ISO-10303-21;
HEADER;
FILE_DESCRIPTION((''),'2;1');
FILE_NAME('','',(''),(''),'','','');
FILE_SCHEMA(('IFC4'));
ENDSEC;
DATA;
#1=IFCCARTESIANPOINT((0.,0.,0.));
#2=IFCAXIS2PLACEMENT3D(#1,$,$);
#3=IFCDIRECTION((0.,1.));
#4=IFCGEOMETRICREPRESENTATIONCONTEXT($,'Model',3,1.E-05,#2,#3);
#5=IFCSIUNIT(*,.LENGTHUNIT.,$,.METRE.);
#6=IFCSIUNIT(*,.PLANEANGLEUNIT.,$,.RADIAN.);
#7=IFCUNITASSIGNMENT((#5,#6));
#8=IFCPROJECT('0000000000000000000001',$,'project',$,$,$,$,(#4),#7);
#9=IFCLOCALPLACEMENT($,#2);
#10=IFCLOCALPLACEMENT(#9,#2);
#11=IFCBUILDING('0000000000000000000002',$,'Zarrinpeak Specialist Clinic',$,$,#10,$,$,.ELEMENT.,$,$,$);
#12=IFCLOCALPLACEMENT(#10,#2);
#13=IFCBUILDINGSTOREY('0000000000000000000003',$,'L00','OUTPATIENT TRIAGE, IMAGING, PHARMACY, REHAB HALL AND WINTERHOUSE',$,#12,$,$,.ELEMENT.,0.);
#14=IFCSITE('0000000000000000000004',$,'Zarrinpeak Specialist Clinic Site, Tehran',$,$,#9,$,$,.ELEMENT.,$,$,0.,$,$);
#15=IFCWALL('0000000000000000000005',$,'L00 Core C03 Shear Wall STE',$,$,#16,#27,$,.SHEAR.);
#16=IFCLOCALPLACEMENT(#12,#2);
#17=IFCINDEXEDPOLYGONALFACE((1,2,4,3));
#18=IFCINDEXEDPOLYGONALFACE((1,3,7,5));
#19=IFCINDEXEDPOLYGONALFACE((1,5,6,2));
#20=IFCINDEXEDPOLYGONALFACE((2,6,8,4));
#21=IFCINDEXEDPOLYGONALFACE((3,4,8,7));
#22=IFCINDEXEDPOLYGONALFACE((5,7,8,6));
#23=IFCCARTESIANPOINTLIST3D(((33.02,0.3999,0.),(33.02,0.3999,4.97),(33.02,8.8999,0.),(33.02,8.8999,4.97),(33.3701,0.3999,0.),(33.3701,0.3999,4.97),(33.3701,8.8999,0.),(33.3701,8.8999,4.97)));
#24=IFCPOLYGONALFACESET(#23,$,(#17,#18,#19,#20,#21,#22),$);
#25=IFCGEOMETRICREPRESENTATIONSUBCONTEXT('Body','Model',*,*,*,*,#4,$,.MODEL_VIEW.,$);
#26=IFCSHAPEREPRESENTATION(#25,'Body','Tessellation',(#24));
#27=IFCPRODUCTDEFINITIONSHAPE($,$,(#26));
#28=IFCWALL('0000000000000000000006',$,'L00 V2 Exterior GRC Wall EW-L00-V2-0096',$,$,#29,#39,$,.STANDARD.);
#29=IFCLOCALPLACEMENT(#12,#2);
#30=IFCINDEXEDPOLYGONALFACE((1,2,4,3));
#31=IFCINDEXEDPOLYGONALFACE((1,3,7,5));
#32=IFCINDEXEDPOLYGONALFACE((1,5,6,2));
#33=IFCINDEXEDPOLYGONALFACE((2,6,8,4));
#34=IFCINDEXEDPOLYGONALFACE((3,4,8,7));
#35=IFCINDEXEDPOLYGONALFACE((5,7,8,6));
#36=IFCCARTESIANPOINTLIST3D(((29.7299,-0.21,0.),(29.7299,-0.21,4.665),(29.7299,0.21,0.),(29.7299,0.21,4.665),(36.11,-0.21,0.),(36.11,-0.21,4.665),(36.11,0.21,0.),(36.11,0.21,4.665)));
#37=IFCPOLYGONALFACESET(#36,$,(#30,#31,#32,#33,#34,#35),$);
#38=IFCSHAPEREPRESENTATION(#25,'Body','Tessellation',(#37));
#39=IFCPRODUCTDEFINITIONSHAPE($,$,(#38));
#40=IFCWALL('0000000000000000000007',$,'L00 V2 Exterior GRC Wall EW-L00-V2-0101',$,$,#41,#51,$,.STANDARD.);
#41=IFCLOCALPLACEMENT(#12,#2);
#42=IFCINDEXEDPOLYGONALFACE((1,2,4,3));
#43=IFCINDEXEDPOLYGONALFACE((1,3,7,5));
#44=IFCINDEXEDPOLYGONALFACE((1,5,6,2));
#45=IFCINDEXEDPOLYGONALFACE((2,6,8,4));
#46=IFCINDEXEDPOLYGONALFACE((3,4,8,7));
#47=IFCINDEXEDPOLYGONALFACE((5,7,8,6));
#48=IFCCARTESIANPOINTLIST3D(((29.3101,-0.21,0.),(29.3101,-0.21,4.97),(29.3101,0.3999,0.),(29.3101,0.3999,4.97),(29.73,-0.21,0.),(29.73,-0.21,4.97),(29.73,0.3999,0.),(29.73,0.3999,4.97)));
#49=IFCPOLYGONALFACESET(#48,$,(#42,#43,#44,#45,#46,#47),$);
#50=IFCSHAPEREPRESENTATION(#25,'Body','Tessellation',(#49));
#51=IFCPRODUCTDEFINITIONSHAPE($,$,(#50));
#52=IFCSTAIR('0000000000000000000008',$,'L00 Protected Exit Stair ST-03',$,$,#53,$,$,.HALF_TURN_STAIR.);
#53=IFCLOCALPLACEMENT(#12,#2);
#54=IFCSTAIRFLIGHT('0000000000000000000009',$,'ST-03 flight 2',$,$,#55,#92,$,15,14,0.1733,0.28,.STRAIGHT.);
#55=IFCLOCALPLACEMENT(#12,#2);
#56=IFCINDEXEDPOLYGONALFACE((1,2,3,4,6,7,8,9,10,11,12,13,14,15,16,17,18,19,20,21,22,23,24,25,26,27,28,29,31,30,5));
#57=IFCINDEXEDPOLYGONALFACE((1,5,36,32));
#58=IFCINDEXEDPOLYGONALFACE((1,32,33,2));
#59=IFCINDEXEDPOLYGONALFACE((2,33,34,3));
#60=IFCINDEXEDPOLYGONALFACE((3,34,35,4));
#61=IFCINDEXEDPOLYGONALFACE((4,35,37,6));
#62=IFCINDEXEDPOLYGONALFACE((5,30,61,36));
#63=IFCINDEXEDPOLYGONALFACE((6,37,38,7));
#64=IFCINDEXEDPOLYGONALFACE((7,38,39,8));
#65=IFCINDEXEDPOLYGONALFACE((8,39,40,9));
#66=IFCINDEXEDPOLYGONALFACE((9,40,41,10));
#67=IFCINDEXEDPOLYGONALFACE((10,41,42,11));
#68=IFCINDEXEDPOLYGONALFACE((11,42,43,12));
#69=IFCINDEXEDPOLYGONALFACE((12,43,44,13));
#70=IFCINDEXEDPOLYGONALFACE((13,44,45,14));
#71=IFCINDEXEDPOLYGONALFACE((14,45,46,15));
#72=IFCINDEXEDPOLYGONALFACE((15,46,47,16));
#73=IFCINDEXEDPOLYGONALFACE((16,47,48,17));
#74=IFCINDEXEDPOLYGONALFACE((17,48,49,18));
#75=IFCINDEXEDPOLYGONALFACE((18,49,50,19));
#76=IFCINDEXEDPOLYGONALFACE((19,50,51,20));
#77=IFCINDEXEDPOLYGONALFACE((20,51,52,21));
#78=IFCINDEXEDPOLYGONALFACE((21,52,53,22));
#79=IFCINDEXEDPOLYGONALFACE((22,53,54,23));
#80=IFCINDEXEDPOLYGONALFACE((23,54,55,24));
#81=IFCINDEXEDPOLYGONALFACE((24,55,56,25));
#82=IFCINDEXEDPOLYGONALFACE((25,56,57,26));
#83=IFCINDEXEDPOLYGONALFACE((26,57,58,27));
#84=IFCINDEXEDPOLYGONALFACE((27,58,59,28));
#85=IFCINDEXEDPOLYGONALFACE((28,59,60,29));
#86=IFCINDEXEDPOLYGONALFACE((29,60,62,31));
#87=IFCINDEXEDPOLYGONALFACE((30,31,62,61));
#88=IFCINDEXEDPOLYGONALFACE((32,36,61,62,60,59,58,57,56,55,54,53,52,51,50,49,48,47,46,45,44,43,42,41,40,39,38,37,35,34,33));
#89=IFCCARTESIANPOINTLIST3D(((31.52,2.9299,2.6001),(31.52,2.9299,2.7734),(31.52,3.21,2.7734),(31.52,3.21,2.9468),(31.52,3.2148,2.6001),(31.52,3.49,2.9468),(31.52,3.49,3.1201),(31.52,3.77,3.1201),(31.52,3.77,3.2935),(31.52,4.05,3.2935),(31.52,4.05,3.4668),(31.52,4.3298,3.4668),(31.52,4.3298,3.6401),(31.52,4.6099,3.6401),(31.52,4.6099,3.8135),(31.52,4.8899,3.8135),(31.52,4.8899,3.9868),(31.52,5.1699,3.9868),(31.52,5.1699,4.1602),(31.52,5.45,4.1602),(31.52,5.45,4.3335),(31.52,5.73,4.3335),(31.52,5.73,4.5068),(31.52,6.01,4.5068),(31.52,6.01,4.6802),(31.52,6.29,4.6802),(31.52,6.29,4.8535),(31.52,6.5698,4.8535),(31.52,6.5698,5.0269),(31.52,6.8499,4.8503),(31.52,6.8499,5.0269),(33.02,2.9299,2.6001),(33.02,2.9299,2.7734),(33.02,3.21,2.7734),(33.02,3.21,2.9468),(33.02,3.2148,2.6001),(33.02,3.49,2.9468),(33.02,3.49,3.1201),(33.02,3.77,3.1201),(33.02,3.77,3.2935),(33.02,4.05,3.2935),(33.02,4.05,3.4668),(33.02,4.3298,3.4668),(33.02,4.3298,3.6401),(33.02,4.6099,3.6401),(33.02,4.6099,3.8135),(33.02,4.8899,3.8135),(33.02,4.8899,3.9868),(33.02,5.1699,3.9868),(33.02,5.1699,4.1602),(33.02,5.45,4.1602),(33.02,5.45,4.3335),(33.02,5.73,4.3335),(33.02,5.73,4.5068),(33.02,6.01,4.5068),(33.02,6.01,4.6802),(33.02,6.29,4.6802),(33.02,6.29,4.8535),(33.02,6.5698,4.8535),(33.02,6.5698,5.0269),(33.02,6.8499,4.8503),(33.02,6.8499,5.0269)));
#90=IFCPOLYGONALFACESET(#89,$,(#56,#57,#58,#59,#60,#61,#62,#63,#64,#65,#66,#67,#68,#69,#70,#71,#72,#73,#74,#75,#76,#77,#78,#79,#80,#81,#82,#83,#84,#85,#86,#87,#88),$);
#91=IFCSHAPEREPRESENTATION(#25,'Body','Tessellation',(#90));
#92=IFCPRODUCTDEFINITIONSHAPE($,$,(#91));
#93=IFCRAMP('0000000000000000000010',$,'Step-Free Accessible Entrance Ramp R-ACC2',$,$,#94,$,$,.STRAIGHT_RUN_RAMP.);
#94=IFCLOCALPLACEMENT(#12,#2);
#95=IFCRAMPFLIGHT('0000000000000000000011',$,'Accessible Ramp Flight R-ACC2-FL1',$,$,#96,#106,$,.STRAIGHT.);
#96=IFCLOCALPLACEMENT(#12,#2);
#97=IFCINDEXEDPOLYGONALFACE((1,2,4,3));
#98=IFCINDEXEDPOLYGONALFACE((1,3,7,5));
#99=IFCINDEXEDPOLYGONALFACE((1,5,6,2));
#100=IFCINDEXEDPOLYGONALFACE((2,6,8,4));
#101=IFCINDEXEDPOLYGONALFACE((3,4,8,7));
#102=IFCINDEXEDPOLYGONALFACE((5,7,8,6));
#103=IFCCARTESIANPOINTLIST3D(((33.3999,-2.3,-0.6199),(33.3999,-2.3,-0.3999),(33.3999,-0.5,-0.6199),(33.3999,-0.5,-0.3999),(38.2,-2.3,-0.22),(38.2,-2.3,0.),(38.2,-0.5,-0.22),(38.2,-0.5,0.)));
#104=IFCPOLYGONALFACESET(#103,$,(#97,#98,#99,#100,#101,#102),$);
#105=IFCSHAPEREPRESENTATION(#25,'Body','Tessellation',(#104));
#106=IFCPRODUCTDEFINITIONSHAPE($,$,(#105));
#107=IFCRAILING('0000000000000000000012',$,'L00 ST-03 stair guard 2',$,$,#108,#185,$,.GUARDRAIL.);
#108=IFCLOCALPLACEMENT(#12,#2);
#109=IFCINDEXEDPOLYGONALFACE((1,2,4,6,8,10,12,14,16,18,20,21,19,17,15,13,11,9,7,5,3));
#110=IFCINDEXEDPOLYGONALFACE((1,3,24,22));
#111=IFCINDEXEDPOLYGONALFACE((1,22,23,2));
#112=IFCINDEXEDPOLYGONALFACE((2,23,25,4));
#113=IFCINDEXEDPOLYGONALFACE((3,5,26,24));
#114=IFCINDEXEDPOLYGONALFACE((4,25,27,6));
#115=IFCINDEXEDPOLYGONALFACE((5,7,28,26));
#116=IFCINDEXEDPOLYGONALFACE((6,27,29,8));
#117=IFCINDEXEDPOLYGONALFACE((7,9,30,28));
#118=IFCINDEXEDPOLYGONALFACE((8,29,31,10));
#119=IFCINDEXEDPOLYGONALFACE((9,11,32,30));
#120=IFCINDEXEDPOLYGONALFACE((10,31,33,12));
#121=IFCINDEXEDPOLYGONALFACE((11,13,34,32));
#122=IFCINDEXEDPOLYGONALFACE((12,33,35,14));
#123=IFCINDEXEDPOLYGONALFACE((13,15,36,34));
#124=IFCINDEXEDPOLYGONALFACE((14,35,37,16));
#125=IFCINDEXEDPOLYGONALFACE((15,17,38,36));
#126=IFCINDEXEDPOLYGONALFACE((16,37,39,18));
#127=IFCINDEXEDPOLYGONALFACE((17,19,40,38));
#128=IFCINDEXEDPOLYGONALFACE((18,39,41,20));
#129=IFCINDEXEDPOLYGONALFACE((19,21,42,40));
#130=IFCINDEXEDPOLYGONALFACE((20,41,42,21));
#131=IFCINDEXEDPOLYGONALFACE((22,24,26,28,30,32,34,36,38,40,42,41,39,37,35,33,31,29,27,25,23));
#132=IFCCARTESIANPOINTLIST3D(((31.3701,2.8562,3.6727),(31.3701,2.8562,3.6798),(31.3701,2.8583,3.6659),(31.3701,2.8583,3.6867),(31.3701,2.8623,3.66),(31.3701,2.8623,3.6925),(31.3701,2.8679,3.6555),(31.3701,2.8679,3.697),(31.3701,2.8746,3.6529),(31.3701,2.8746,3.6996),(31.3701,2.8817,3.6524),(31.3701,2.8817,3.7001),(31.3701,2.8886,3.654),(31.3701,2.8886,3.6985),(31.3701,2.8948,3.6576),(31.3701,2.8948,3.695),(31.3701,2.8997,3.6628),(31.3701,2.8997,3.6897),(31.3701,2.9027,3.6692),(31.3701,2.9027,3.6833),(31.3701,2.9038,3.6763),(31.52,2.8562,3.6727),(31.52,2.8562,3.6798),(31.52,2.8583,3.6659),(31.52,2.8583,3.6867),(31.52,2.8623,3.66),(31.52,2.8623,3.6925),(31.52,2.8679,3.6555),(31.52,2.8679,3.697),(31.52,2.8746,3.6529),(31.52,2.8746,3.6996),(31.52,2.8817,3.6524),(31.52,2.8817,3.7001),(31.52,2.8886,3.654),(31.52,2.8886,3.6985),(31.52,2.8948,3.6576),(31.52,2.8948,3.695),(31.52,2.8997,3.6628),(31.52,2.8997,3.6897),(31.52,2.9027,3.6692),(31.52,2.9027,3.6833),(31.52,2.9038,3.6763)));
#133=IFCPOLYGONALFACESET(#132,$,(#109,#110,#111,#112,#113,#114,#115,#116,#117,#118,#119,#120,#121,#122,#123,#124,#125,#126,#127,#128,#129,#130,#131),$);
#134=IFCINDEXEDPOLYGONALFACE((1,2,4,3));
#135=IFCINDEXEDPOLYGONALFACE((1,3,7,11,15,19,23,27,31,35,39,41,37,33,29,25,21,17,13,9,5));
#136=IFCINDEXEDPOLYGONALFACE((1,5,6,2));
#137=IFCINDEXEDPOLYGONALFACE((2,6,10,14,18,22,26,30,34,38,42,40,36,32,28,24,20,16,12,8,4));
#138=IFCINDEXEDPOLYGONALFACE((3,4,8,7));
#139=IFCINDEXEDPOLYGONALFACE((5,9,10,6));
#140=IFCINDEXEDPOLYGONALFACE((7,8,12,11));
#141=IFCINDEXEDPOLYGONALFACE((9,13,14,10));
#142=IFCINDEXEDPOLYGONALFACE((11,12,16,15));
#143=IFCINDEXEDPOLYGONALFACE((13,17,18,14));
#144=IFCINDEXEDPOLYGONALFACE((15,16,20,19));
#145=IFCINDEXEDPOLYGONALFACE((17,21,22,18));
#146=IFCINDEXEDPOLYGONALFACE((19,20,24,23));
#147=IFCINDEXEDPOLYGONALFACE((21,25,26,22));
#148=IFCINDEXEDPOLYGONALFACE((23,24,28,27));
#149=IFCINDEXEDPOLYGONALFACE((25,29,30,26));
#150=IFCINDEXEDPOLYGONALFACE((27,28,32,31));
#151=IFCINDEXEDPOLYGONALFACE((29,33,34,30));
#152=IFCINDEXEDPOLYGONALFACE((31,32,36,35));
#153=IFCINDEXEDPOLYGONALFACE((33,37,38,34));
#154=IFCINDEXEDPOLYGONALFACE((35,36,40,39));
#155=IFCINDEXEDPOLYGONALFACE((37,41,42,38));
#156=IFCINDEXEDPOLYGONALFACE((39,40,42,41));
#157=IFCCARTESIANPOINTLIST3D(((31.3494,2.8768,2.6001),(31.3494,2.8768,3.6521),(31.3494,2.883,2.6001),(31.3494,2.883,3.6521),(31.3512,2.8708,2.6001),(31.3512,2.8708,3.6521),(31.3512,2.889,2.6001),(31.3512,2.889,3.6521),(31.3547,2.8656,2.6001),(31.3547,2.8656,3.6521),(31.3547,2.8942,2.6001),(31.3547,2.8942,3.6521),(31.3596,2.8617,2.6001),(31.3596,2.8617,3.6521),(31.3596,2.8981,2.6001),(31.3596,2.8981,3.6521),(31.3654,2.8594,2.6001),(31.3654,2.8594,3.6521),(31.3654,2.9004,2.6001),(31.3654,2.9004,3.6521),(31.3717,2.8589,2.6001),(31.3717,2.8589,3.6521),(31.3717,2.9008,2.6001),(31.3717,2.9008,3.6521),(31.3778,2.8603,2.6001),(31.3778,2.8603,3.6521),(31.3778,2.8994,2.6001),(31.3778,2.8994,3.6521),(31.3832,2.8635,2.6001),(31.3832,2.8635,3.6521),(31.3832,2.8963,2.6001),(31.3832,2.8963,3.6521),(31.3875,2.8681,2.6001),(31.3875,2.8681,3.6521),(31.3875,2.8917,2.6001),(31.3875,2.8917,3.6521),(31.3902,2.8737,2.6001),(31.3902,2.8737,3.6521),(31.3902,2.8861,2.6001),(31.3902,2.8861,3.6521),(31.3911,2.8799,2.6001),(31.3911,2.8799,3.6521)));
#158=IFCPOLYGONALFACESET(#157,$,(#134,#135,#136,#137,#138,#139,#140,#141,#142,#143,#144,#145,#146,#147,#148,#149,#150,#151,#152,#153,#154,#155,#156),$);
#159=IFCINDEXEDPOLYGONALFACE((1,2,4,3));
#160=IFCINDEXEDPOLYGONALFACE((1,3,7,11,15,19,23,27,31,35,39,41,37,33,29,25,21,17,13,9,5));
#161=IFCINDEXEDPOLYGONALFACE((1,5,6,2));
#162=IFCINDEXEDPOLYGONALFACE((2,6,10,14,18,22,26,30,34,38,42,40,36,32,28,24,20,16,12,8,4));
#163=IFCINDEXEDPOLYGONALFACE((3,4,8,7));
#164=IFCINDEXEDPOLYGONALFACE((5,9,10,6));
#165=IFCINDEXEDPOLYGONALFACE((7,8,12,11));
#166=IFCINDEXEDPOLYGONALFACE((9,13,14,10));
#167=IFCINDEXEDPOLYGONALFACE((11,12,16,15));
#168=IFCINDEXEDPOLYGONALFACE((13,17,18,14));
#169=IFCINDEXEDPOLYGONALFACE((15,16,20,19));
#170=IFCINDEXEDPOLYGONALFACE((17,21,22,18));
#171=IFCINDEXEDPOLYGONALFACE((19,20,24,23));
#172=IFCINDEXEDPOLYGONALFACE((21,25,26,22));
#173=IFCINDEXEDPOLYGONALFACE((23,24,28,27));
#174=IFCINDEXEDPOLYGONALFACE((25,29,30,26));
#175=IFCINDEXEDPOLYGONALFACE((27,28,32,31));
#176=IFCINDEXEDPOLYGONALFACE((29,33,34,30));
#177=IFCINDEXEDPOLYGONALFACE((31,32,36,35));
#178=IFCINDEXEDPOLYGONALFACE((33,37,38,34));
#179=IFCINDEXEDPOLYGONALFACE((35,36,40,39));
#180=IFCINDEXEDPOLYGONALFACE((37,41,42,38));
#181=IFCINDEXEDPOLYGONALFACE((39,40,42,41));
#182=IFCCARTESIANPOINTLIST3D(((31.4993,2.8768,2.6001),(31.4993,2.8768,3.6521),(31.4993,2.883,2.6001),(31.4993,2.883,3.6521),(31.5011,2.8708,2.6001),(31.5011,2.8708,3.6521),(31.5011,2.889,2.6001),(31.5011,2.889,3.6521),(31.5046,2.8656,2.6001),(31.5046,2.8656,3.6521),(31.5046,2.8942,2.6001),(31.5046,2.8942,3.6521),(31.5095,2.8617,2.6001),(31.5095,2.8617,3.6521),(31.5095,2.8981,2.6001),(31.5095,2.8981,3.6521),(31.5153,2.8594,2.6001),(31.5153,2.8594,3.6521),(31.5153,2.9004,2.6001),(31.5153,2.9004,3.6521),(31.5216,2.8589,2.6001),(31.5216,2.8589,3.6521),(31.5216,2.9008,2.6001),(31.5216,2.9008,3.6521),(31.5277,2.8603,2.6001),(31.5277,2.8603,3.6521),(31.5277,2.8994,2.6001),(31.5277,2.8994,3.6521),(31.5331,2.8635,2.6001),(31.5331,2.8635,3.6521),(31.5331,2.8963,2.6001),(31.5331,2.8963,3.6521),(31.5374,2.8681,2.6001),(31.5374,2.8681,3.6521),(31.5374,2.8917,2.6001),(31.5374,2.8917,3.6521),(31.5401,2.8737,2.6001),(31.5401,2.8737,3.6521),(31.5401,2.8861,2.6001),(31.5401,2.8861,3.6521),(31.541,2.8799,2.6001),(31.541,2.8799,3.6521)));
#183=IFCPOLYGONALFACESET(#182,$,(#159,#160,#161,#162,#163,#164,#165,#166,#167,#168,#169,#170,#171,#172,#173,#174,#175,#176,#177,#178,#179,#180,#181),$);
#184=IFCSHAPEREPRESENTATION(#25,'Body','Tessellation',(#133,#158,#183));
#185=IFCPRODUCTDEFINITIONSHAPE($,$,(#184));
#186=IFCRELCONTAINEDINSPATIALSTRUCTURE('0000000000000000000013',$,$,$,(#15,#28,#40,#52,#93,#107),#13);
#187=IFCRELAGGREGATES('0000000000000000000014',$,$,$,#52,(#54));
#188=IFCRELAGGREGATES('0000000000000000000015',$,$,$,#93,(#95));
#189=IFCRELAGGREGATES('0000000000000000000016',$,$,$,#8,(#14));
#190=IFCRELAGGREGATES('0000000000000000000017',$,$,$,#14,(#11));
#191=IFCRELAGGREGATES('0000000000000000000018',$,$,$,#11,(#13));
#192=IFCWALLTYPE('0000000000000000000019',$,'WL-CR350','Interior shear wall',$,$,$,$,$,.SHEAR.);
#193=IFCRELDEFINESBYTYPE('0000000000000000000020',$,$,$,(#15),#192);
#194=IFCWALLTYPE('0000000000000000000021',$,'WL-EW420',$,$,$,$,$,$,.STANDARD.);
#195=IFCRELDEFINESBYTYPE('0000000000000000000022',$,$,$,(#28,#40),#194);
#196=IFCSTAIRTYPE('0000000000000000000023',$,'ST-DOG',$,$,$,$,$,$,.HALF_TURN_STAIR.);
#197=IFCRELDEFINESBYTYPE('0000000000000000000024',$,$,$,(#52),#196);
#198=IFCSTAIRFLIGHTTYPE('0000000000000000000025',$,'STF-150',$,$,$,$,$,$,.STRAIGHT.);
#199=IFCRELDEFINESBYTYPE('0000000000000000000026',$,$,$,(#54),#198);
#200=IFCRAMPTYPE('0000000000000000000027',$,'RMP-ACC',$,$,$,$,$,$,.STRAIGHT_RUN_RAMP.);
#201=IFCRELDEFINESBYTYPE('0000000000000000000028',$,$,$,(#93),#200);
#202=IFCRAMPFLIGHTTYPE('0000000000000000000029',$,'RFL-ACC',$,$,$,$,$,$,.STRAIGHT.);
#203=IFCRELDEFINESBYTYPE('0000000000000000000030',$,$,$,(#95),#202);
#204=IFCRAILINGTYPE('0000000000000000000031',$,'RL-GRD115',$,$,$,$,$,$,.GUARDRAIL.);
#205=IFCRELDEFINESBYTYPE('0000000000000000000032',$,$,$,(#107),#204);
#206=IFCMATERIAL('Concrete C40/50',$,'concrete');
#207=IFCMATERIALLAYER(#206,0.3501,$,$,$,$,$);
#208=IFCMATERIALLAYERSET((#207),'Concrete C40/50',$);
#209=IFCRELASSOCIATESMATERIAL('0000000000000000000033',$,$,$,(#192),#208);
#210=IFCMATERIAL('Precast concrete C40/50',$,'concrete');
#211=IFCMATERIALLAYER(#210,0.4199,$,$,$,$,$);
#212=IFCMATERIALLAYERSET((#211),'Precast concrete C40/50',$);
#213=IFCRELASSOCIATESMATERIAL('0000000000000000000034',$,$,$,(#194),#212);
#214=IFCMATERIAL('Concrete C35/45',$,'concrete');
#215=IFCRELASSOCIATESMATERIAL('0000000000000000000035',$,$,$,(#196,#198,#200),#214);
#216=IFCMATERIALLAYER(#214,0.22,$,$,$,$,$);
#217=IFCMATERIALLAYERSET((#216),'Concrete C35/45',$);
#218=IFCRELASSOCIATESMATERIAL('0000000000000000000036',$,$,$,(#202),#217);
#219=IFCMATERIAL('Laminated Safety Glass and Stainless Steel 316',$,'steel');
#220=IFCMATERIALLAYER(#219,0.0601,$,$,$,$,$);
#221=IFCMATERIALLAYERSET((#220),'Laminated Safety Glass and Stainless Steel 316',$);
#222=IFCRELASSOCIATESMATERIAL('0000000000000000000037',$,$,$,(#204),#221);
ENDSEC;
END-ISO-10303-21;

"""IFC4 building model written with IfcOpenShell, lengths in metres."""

from ifc_helpers import new_model, si_unit, direction, frame, frame_2d, origin, origin_2d, place, context, subcontext, project, spatial, polyline, rectangle, circle, outline, extrude, material, layer, layer_set, type_object, element, aggregate, save


model = new_model("IFC4")

# Units and contexts
model_context = context("Model", 3, precision=1e-05, world=origin(), true_north=direction((0.0, 1.0)))
body_context = subcontext(model_context, "Body", "Model", "MODEL_VIEW")
ifc_project = project(units=[si_unit("LENGTHUNIT", "METRE"), si_unit("PLANEANGLEUNIT", "RADIAN")], contexts=[model_context])

# Site, building, storey
site_placement = place(None, origin())
site = spatial("IfcSite", under=ifc_project, at=site_placement, Name="Zarrinpeak Specialist Clinic Site, Tehran", CompositionType="ELEMENT", RefElevation=0.0)
building_placement = place(site_placement, origin())
building = spatial("IfcBuilding", under=site, at=building_placement, Name="Zarrinpeak Specialist Clinic", CompositionType="ELEMENT")
storey_placement = place(building_placement, origin())
storey = spatial("IfcBuildingStorey", under=building, at=storey_placement, Name="L00", Description="OUTPATIENT TRIAGE, IMAGING, PHARMACY, REHAB HALL AND WINTERHOUSE", CompositionType="ELEMENT", Elevation=0.0)

# Shared definitions
ifc_material_1 = material(Name="Concrete C40/50", Category="concrete")
ifc_layer_1 = layer(ifc_material_1, 0.3501)
ifc_layer_set_1 = layer_set([ifc_layer_1], Name="Concrete C40/50")
wall_type_1 = type_object("IfcWallType", Name="WL-CR350", Description="Interior shear wall", PredefinedType="SHEAR", material=ifc_layer_set_1)

# Walls
wall_1_placement = place(storey_placement, frame((33.1951, 0.3999, 0.0), z_axis=(0.0, 0.0, 1.0), x_axis=(0.0, 1.0, 0.0)))
element("IfcWall", 1, at=wall_1_placement, inside=storey, type_object=wall_type_1, Name="L00 Core C03 Shear Wall STE", PredefinedType="SHEAR", context=body_context, shape_type="SweptSolid", body=[
    extrude(rectangle(XDim=8.5, YDim=0.3501, at=frame_2d((4.25, 0.0))), origin(), (0.0, 0.0, 1.0), 4.97),
])
ifc_material_2 = material(Name="Precast concrete C40/50", Category="concrete")
ifc_layer_2 = layer(ifc_material_2, 0.4199)
ifc_layer_set_2 = layer_set([ifc_layer_2], Name="Precast concrete C40/50")
wall_type_2 = type_object("IfcWallType", Name="WL-EW420", PredefinedType="STANDARD", material=ifc_layer_set_2)
wall_2_placement = place(storey_placement, frame((29.73, 0.0, 0.0), z_axis=(0.0, 0.0, 1.0), x_axis=(1.0, 0.0, 0.0)))
element("IfcWall", 2, at=wall_2_placement, inside=storey, type_object=wall_type_2, Name="L00 V2 Exterior GRC Wall EW-L00-V2-0096", PredefinedType="STANDARD", context=body_context, shape_type="SweptSolid", body=[
    extrude(rectangle(XDim=6.3801, YDim=0.4199, at=frame_2d((3.1899, 0.0))), origin(), (0.0, 0.0, 1.0), 4.665),
])
wall_3_placement = place(storey_placement, frame((29.52, 0.3999, 0.0), z_axis=(0.0, 0.0, 1.0), x_axis=(0.0, -1.0, 0.0)))
element("IfcWall", 3, at=wall_3_placement, inside=storey, type_object=wall_type_2, Name="L00 V2 Exterior GRC Wall EW-L00-V2-0101", PredefinedType="STANDARD", context=body_context, shape_type="SweptSolid", body=[
    extrude(rectangle(XDim=0.6099, YDim=0.4199, at=frame_2d((0.3049, 0.0))), origin(), (0.0, 0.0, 1.0), 4.97),
])

# Stair, stair flight
ifc_material_3 = material(Name="Concrete C35/45", Category="concrete")
stair_type = type_object("IfcStairType", Name="ST-DOG", PredefinedType="HALF_TURN_STAIR", material=ifc_material_3)
stair_placement = place(storey_placement, origin())
stair = element("IfcStair", 4, at=stair_placement, inside=storey, type_object=stair_type, Name="L00 Protected Exit Stair ST-03", PredefinedType="HALF_TURN_STAIR")
stair_flight_type = type_object("IfcStairFlightType", Name="STF-150", PredefinedType="STRAIGHT", material=ifc_material_3)
stair_flight_placement = place(storey_placement, frame((32.27, 2.9299, 2.6001), z_axis=(0.0, 0.0, 1.0), x_axis=(0.0, 1.0, 0.0)))
stair_flight = element("IfcStairFlight", 5, at=stair_flight_placement, type_object=stair_flight_type, Name="ST-03 flight 2", NumberOfRisers=15, NumberOfTreads=14, PredefinedType="STRAIGHT", RiserHeight=0.1733, TreadLength=0.28, context=body_context, shape_type="SweptSolid", body=[
    extrude(outline(polyline([(0.0, 0.0), (0.0, 0.1733), (0.28, 0.1733), (0.28, 0.3467), (0.5601, 0.3467), (0.5601, 0.52), (0.8401, 0.52), (0.8401, 0.6934), (1.1201, 0.6934), (1.1201, 0.8667), (1.3999, 0.8667), (1.3999, 1.04), (1.6799, 1.04), (1.6799, 1.2134), (1.96, 1.2134), (1.96, 1.3867), (2.24, 1.3867), (2.24, 1.5601), (2.52, 1.5601), (2.52, 1.7334), (2.8, 1.7334), (2.8, 1.9067), (3.0801, 1.9067), (3.0801, 2.0801), (3.3601, 2.0801), (3.3601, 2.2534), (3.6399, 2.2534), (3.6399, 2.4268), (3.9199, 2.4268), (3.9199, 2.6001), (3.9199, 2.2502), (0.2849, 0.0), (0.0, 0.0)])), frame((0.0, 0.75, 0.0), z_axis=(0.0, -1.0, 0.0), x_axis=(1.0, 0.0, 0.0)), (0.0, 0.0, 1.0), 1.5),
])
aggregate(stair, [stair_flight])

# Ramp, ramp flight
ramp_type = type_object("IfcRampType", Name="RMP-ACC", PredefinedType="STRAIGHT_RUN_RAMP", material=ifc_material_3)
ramp_placement = place(storey_placement, origin())
ramp = element("IfcRamp", 6, at=ramp_placement, inside=storey, type_object=ramp_type, Name="Step-Free Accessible Entrance Ramp R-ACC2", PredefinedType="STRAIGHT_RUN_RAMP")
ifc_layer_3 = layer(ifc_material_3, 0.22)
ifc_layer_set_3 = layer_set([ifc_layer_3], Name="Concrete C35/45")
ramp_flight_type = type_object("IfcRampFlightType", Name="RFL-ACC", PredefinedType="STRAIGHT", material=ifc_layer_set_3)
ramp_flight_placement = place(storey_placement, frame((33.3999, -1.3999, -0.3999), z_axis=(0.0, 0.0, 1.0), x_axis=(1.0, 0.0, 0.0)))
ramp_flight = element("IfcRampFlight", 7, at=ramp_flight_placement, type_object=ramp_flight_type, Name="Accessible Ramp Flight R-ACC2-FL1", PredefinedType="STRAIGHT", context=body_context, shape_type="SweptSolid", body=[
    extrude(outline(polyline([(0.0, 0.0), (0.0, -0.22), (4.8, 0.1799), (4.8, 0.3999), (0.0, 0.0)])), frame((0.0, 0.8999, 0.0), z_axis=(0.0, -1.0, 0.0), x_axis=(1.0, 0.0, 0.0)), (0.0, 0.0, 1.0), 1.8),
])
aggregate(ramp, [ramp_flight])

# Railing
ifc_material_4 = material(Name="Laminated Safety Glass and Stainless Steel 316", Category="steel")
ifc_layer_4 = layer(ifc_material_4, 0.0601)
ifc_layer_set_4 = layer_set([ifc_layer_4], Name="Laminated Safety Glass and Stainless Steel 316")
railing_type_1 = type_object("IfcRailingType", Name="RL-GRD115", PredefinedType="GUARDRAIL", material=ifc_layer_set_4)
railing_1_placement = place(storey_placement, frame((31.3701, 2.8799, 2.6001)))
element("IfcRailing", 8, at=railing_1_placement, inside=storey, type_object=railing_type_1, Name="L00 ST-03 stair guard 2", PredefinedType="GUARDRAIL", context=body_context, shape_type="SweptSolid", body=[
    extrude(circle(Radius=0.0239, at=origin_2d()), frame((0.0, 0.0, 1.0762), z_axis=(1.0, 0.0, 0.0), x_axis=(0.0, 1.0, 0.0)), (0.0, 0.0, 1.0), 0.1499),
    extrude(circle(Radius=0.021, at=origin_2d()), origin(), (0.0, 0.0, 1.0), 1.052),
    extrude(circle(Radius=0.021, at=origin_2d()), frame((0.1499, 0.0, 0.0)), (0.0, 0.0, 1.0), 1.052),
])

save(model, "model.ifc")
